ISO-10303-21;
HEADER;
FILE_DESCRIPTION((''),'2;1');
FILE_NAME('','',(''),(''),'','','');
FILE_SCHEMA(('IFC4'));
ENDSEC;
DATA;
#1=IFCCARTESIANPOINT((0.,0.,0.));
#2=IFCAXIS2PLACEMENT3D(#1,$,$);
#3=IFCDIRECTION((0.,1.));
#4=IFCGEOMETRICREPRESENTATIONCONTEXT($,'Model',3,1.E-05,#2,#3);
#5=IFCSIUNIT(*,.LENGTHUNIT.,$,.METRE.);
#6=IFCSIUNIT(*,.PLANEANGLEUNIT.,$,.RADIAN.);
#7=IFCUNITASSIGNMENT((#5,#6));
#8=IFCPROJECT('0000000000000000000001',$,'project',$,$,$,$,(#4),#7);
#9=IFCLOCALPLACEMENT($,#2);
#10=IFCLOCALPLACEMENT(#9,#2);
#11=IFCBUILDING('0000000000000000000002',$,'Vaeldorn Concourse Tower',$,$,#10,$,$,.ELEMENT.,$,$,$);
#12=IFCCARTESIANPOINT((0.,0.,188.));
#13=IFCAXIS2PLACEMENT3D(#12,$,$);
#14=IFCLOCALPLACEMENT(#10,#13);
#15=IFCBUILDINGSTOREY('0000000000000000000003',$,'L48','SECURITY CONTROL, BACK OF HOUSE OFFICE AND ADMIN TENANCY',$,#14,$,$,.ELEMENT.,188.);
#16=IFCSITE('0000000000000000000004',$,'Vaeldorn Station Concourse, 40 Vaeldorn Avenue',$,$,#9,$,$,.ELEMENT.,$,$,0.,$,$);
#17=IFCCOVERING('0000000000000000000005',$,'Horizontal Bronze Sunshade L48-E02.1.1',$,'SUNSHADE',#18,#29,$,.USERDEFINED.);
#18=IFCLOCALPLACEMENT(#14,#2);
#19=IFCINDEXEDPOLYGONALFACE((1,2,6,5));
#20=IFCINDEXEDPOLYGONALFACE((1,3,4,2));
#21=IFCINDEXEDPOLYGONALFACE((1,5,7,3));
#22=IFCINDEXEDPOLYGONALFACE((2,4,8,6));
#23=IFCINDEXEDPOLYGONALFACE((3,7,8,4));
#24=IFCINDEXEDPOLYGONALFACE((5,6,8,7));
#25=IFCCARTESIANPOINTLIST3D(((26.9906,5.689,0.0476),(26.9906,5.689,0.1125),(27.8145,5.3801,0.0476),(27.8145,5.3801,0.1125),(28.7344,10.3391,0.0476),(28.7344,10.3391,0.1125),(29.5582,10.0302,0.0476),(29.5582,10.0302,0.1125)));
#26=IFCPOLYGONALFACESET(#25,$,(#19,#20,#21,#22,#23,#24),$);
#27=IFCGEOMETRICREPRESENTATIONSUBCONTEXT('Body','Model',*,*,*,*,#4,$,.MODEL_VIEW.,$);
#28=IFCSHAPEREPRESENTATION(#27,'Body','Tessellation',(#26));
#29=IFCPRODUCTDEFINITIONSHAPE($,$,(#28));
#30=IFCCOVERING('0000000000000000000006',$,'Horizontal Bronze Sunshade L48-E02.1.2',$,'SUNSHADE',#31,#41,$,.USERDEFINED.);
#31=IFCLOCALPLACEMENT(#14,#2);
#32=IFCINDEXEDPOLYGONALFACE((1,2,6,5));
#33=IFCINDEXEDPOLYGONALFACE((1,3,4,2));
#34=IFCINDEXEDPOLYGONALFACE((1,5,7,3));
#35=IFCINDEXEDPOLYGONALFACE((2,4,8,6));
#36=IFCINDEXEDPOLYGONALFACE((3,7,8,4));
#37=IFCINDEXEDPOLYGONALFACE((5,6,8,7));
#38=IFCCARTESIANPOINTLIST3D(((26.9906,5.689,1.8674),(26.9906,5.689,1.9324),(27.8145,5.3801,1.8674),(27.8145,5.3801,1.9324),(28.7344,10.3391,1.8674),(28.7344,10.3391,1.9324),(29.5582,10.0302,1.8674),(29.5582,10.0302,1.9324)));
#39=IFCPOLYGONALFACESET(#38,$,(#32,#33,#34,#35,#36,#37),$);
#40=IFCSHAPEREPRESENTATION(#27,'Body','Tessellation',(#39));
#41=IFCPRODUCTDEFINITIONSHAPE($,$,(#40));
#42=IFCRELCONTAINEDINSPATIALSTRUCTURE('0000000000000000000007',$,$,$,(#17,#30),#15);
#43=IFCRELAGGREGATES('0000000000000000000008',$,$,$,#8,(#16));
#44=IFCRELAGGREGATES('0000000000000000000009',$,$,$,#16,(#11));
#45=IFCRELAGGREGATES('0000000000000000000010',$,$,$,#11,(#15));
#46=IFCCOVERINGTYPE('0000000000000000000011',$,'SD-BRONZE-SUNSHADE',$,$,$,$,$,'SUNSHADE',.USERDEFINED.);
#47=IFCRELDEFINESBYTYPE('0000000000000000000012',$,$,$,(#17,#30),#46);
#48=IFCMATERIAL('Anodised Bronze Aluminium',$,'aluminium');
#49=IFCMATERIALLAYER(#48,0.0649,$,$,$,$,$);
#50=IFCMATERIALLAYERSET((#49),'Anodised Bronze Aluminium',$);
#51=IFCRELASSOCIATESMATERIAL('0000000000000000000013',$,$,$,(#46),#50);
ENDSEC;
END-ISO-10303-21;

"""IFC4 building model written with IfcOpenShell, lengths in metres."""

from ifc_helpers import new_model, si_unit, direction, frame, origin, origin_2d, place, context, subcontext, project, spatial, rectangle, extrude, source, transform, mapped, material, layer, layer_set, type_object, element, save


model = new_model("IFC4")

# Units and contexts
model_context = context("Model", 3, precision=1e-05, world=origin(), true_north=direction((0.0, 1.0)))
body_context = subcontext(model_context, "Body", "Model", "MODEL_VIEW")
ifc_project = project(units=[si_unit("LENGTHUNIT", "METRE"), si_unit("PLANEANGLEUNIT", "RADIAN")], contexts=[model_context])

# Site, building, storey
site_placement = place(None, origin())
site = spatial("IfcSite", under=ifc_project, at=site_placement, Name="Vaeldorn Station Concourse, 40 Vaeldorn Avenue", CompositionType="ELEMENT", RefElevation=0.0)
building_placement = place(site_placement, origin())
building = spatial("IfcBuilding", under=site, at=building_placement, Name="Vaeldorn Concourse Tower", CompositionType="ELEMENT")
storey_placement = place(building_placement, frame((0.0, 0.0, 188.0)))
storey = spatial("IfcBuildingStorey", under=building, at=storey_placement, Name="L48", Description="SECURITY CONTROL, BACK OF HOUSE OFFICE AND ADMIN TENANCY", CompositionType="ELEMENT", Elevation=188.0)

# Shared definitions
ifc_material_1 = material(Name="Anodised Bronze Aluminium", Category="aluminium")

# Coverings
ifc_layer_1 = layer(ifc_material_1, 0.0649)
ifc_layer_set_1 = layer_set([ifc_layer_1], Name="Anodised Bronze Aluminium")
covering_type = type_object("IfcCoveringType", Name="SD-BRONZE-SUNSHADE", ElementType="SUNSHADE", PredefinedType="USERDEFINED", material=ifc_layer_set_1)
shared_shape_1 = source(origin(), body_context, "Body", "SweptSolid", [
    extrude(rectangle(XDim=4.9663, YDim=0.8799, at=origin_2d()), origin(), (0.0, 0.0, 1.0), 0.0649),
])
for number, where, z_axis, x_axis, name in (
    (1, (28.2744, 7.8596, 0.0476), (0.0, 0.0, 1.0), (0.351123, 0.936329, 0.0), "Horizontal Bronze Sunshade L48-E02.1.1"),
    (2, (28.2744, 7.8596, 1.8674), (0.0, 0.0, 1.0), (0.351123, 0.936329, 0.0), "Horizontal Bronze Sunshade L48-E02.1.2"),
):
    element("IfcCovering", number, at=place(storey_placement, frame(where, z_axis=z_axis, x_axis=x_axis)), inside=storey, type_object=covering_type, Name=name, ObjectType="SUNSHADE", PredefinedType="USERDEFINED", context=body_context, shape_type="MappedRepresentation", body=[
        mapped(shared_shape_1, transform((0.0, 0.0, 0.0), scale=1.0)),
    ])

save(model, "model.ifc")
